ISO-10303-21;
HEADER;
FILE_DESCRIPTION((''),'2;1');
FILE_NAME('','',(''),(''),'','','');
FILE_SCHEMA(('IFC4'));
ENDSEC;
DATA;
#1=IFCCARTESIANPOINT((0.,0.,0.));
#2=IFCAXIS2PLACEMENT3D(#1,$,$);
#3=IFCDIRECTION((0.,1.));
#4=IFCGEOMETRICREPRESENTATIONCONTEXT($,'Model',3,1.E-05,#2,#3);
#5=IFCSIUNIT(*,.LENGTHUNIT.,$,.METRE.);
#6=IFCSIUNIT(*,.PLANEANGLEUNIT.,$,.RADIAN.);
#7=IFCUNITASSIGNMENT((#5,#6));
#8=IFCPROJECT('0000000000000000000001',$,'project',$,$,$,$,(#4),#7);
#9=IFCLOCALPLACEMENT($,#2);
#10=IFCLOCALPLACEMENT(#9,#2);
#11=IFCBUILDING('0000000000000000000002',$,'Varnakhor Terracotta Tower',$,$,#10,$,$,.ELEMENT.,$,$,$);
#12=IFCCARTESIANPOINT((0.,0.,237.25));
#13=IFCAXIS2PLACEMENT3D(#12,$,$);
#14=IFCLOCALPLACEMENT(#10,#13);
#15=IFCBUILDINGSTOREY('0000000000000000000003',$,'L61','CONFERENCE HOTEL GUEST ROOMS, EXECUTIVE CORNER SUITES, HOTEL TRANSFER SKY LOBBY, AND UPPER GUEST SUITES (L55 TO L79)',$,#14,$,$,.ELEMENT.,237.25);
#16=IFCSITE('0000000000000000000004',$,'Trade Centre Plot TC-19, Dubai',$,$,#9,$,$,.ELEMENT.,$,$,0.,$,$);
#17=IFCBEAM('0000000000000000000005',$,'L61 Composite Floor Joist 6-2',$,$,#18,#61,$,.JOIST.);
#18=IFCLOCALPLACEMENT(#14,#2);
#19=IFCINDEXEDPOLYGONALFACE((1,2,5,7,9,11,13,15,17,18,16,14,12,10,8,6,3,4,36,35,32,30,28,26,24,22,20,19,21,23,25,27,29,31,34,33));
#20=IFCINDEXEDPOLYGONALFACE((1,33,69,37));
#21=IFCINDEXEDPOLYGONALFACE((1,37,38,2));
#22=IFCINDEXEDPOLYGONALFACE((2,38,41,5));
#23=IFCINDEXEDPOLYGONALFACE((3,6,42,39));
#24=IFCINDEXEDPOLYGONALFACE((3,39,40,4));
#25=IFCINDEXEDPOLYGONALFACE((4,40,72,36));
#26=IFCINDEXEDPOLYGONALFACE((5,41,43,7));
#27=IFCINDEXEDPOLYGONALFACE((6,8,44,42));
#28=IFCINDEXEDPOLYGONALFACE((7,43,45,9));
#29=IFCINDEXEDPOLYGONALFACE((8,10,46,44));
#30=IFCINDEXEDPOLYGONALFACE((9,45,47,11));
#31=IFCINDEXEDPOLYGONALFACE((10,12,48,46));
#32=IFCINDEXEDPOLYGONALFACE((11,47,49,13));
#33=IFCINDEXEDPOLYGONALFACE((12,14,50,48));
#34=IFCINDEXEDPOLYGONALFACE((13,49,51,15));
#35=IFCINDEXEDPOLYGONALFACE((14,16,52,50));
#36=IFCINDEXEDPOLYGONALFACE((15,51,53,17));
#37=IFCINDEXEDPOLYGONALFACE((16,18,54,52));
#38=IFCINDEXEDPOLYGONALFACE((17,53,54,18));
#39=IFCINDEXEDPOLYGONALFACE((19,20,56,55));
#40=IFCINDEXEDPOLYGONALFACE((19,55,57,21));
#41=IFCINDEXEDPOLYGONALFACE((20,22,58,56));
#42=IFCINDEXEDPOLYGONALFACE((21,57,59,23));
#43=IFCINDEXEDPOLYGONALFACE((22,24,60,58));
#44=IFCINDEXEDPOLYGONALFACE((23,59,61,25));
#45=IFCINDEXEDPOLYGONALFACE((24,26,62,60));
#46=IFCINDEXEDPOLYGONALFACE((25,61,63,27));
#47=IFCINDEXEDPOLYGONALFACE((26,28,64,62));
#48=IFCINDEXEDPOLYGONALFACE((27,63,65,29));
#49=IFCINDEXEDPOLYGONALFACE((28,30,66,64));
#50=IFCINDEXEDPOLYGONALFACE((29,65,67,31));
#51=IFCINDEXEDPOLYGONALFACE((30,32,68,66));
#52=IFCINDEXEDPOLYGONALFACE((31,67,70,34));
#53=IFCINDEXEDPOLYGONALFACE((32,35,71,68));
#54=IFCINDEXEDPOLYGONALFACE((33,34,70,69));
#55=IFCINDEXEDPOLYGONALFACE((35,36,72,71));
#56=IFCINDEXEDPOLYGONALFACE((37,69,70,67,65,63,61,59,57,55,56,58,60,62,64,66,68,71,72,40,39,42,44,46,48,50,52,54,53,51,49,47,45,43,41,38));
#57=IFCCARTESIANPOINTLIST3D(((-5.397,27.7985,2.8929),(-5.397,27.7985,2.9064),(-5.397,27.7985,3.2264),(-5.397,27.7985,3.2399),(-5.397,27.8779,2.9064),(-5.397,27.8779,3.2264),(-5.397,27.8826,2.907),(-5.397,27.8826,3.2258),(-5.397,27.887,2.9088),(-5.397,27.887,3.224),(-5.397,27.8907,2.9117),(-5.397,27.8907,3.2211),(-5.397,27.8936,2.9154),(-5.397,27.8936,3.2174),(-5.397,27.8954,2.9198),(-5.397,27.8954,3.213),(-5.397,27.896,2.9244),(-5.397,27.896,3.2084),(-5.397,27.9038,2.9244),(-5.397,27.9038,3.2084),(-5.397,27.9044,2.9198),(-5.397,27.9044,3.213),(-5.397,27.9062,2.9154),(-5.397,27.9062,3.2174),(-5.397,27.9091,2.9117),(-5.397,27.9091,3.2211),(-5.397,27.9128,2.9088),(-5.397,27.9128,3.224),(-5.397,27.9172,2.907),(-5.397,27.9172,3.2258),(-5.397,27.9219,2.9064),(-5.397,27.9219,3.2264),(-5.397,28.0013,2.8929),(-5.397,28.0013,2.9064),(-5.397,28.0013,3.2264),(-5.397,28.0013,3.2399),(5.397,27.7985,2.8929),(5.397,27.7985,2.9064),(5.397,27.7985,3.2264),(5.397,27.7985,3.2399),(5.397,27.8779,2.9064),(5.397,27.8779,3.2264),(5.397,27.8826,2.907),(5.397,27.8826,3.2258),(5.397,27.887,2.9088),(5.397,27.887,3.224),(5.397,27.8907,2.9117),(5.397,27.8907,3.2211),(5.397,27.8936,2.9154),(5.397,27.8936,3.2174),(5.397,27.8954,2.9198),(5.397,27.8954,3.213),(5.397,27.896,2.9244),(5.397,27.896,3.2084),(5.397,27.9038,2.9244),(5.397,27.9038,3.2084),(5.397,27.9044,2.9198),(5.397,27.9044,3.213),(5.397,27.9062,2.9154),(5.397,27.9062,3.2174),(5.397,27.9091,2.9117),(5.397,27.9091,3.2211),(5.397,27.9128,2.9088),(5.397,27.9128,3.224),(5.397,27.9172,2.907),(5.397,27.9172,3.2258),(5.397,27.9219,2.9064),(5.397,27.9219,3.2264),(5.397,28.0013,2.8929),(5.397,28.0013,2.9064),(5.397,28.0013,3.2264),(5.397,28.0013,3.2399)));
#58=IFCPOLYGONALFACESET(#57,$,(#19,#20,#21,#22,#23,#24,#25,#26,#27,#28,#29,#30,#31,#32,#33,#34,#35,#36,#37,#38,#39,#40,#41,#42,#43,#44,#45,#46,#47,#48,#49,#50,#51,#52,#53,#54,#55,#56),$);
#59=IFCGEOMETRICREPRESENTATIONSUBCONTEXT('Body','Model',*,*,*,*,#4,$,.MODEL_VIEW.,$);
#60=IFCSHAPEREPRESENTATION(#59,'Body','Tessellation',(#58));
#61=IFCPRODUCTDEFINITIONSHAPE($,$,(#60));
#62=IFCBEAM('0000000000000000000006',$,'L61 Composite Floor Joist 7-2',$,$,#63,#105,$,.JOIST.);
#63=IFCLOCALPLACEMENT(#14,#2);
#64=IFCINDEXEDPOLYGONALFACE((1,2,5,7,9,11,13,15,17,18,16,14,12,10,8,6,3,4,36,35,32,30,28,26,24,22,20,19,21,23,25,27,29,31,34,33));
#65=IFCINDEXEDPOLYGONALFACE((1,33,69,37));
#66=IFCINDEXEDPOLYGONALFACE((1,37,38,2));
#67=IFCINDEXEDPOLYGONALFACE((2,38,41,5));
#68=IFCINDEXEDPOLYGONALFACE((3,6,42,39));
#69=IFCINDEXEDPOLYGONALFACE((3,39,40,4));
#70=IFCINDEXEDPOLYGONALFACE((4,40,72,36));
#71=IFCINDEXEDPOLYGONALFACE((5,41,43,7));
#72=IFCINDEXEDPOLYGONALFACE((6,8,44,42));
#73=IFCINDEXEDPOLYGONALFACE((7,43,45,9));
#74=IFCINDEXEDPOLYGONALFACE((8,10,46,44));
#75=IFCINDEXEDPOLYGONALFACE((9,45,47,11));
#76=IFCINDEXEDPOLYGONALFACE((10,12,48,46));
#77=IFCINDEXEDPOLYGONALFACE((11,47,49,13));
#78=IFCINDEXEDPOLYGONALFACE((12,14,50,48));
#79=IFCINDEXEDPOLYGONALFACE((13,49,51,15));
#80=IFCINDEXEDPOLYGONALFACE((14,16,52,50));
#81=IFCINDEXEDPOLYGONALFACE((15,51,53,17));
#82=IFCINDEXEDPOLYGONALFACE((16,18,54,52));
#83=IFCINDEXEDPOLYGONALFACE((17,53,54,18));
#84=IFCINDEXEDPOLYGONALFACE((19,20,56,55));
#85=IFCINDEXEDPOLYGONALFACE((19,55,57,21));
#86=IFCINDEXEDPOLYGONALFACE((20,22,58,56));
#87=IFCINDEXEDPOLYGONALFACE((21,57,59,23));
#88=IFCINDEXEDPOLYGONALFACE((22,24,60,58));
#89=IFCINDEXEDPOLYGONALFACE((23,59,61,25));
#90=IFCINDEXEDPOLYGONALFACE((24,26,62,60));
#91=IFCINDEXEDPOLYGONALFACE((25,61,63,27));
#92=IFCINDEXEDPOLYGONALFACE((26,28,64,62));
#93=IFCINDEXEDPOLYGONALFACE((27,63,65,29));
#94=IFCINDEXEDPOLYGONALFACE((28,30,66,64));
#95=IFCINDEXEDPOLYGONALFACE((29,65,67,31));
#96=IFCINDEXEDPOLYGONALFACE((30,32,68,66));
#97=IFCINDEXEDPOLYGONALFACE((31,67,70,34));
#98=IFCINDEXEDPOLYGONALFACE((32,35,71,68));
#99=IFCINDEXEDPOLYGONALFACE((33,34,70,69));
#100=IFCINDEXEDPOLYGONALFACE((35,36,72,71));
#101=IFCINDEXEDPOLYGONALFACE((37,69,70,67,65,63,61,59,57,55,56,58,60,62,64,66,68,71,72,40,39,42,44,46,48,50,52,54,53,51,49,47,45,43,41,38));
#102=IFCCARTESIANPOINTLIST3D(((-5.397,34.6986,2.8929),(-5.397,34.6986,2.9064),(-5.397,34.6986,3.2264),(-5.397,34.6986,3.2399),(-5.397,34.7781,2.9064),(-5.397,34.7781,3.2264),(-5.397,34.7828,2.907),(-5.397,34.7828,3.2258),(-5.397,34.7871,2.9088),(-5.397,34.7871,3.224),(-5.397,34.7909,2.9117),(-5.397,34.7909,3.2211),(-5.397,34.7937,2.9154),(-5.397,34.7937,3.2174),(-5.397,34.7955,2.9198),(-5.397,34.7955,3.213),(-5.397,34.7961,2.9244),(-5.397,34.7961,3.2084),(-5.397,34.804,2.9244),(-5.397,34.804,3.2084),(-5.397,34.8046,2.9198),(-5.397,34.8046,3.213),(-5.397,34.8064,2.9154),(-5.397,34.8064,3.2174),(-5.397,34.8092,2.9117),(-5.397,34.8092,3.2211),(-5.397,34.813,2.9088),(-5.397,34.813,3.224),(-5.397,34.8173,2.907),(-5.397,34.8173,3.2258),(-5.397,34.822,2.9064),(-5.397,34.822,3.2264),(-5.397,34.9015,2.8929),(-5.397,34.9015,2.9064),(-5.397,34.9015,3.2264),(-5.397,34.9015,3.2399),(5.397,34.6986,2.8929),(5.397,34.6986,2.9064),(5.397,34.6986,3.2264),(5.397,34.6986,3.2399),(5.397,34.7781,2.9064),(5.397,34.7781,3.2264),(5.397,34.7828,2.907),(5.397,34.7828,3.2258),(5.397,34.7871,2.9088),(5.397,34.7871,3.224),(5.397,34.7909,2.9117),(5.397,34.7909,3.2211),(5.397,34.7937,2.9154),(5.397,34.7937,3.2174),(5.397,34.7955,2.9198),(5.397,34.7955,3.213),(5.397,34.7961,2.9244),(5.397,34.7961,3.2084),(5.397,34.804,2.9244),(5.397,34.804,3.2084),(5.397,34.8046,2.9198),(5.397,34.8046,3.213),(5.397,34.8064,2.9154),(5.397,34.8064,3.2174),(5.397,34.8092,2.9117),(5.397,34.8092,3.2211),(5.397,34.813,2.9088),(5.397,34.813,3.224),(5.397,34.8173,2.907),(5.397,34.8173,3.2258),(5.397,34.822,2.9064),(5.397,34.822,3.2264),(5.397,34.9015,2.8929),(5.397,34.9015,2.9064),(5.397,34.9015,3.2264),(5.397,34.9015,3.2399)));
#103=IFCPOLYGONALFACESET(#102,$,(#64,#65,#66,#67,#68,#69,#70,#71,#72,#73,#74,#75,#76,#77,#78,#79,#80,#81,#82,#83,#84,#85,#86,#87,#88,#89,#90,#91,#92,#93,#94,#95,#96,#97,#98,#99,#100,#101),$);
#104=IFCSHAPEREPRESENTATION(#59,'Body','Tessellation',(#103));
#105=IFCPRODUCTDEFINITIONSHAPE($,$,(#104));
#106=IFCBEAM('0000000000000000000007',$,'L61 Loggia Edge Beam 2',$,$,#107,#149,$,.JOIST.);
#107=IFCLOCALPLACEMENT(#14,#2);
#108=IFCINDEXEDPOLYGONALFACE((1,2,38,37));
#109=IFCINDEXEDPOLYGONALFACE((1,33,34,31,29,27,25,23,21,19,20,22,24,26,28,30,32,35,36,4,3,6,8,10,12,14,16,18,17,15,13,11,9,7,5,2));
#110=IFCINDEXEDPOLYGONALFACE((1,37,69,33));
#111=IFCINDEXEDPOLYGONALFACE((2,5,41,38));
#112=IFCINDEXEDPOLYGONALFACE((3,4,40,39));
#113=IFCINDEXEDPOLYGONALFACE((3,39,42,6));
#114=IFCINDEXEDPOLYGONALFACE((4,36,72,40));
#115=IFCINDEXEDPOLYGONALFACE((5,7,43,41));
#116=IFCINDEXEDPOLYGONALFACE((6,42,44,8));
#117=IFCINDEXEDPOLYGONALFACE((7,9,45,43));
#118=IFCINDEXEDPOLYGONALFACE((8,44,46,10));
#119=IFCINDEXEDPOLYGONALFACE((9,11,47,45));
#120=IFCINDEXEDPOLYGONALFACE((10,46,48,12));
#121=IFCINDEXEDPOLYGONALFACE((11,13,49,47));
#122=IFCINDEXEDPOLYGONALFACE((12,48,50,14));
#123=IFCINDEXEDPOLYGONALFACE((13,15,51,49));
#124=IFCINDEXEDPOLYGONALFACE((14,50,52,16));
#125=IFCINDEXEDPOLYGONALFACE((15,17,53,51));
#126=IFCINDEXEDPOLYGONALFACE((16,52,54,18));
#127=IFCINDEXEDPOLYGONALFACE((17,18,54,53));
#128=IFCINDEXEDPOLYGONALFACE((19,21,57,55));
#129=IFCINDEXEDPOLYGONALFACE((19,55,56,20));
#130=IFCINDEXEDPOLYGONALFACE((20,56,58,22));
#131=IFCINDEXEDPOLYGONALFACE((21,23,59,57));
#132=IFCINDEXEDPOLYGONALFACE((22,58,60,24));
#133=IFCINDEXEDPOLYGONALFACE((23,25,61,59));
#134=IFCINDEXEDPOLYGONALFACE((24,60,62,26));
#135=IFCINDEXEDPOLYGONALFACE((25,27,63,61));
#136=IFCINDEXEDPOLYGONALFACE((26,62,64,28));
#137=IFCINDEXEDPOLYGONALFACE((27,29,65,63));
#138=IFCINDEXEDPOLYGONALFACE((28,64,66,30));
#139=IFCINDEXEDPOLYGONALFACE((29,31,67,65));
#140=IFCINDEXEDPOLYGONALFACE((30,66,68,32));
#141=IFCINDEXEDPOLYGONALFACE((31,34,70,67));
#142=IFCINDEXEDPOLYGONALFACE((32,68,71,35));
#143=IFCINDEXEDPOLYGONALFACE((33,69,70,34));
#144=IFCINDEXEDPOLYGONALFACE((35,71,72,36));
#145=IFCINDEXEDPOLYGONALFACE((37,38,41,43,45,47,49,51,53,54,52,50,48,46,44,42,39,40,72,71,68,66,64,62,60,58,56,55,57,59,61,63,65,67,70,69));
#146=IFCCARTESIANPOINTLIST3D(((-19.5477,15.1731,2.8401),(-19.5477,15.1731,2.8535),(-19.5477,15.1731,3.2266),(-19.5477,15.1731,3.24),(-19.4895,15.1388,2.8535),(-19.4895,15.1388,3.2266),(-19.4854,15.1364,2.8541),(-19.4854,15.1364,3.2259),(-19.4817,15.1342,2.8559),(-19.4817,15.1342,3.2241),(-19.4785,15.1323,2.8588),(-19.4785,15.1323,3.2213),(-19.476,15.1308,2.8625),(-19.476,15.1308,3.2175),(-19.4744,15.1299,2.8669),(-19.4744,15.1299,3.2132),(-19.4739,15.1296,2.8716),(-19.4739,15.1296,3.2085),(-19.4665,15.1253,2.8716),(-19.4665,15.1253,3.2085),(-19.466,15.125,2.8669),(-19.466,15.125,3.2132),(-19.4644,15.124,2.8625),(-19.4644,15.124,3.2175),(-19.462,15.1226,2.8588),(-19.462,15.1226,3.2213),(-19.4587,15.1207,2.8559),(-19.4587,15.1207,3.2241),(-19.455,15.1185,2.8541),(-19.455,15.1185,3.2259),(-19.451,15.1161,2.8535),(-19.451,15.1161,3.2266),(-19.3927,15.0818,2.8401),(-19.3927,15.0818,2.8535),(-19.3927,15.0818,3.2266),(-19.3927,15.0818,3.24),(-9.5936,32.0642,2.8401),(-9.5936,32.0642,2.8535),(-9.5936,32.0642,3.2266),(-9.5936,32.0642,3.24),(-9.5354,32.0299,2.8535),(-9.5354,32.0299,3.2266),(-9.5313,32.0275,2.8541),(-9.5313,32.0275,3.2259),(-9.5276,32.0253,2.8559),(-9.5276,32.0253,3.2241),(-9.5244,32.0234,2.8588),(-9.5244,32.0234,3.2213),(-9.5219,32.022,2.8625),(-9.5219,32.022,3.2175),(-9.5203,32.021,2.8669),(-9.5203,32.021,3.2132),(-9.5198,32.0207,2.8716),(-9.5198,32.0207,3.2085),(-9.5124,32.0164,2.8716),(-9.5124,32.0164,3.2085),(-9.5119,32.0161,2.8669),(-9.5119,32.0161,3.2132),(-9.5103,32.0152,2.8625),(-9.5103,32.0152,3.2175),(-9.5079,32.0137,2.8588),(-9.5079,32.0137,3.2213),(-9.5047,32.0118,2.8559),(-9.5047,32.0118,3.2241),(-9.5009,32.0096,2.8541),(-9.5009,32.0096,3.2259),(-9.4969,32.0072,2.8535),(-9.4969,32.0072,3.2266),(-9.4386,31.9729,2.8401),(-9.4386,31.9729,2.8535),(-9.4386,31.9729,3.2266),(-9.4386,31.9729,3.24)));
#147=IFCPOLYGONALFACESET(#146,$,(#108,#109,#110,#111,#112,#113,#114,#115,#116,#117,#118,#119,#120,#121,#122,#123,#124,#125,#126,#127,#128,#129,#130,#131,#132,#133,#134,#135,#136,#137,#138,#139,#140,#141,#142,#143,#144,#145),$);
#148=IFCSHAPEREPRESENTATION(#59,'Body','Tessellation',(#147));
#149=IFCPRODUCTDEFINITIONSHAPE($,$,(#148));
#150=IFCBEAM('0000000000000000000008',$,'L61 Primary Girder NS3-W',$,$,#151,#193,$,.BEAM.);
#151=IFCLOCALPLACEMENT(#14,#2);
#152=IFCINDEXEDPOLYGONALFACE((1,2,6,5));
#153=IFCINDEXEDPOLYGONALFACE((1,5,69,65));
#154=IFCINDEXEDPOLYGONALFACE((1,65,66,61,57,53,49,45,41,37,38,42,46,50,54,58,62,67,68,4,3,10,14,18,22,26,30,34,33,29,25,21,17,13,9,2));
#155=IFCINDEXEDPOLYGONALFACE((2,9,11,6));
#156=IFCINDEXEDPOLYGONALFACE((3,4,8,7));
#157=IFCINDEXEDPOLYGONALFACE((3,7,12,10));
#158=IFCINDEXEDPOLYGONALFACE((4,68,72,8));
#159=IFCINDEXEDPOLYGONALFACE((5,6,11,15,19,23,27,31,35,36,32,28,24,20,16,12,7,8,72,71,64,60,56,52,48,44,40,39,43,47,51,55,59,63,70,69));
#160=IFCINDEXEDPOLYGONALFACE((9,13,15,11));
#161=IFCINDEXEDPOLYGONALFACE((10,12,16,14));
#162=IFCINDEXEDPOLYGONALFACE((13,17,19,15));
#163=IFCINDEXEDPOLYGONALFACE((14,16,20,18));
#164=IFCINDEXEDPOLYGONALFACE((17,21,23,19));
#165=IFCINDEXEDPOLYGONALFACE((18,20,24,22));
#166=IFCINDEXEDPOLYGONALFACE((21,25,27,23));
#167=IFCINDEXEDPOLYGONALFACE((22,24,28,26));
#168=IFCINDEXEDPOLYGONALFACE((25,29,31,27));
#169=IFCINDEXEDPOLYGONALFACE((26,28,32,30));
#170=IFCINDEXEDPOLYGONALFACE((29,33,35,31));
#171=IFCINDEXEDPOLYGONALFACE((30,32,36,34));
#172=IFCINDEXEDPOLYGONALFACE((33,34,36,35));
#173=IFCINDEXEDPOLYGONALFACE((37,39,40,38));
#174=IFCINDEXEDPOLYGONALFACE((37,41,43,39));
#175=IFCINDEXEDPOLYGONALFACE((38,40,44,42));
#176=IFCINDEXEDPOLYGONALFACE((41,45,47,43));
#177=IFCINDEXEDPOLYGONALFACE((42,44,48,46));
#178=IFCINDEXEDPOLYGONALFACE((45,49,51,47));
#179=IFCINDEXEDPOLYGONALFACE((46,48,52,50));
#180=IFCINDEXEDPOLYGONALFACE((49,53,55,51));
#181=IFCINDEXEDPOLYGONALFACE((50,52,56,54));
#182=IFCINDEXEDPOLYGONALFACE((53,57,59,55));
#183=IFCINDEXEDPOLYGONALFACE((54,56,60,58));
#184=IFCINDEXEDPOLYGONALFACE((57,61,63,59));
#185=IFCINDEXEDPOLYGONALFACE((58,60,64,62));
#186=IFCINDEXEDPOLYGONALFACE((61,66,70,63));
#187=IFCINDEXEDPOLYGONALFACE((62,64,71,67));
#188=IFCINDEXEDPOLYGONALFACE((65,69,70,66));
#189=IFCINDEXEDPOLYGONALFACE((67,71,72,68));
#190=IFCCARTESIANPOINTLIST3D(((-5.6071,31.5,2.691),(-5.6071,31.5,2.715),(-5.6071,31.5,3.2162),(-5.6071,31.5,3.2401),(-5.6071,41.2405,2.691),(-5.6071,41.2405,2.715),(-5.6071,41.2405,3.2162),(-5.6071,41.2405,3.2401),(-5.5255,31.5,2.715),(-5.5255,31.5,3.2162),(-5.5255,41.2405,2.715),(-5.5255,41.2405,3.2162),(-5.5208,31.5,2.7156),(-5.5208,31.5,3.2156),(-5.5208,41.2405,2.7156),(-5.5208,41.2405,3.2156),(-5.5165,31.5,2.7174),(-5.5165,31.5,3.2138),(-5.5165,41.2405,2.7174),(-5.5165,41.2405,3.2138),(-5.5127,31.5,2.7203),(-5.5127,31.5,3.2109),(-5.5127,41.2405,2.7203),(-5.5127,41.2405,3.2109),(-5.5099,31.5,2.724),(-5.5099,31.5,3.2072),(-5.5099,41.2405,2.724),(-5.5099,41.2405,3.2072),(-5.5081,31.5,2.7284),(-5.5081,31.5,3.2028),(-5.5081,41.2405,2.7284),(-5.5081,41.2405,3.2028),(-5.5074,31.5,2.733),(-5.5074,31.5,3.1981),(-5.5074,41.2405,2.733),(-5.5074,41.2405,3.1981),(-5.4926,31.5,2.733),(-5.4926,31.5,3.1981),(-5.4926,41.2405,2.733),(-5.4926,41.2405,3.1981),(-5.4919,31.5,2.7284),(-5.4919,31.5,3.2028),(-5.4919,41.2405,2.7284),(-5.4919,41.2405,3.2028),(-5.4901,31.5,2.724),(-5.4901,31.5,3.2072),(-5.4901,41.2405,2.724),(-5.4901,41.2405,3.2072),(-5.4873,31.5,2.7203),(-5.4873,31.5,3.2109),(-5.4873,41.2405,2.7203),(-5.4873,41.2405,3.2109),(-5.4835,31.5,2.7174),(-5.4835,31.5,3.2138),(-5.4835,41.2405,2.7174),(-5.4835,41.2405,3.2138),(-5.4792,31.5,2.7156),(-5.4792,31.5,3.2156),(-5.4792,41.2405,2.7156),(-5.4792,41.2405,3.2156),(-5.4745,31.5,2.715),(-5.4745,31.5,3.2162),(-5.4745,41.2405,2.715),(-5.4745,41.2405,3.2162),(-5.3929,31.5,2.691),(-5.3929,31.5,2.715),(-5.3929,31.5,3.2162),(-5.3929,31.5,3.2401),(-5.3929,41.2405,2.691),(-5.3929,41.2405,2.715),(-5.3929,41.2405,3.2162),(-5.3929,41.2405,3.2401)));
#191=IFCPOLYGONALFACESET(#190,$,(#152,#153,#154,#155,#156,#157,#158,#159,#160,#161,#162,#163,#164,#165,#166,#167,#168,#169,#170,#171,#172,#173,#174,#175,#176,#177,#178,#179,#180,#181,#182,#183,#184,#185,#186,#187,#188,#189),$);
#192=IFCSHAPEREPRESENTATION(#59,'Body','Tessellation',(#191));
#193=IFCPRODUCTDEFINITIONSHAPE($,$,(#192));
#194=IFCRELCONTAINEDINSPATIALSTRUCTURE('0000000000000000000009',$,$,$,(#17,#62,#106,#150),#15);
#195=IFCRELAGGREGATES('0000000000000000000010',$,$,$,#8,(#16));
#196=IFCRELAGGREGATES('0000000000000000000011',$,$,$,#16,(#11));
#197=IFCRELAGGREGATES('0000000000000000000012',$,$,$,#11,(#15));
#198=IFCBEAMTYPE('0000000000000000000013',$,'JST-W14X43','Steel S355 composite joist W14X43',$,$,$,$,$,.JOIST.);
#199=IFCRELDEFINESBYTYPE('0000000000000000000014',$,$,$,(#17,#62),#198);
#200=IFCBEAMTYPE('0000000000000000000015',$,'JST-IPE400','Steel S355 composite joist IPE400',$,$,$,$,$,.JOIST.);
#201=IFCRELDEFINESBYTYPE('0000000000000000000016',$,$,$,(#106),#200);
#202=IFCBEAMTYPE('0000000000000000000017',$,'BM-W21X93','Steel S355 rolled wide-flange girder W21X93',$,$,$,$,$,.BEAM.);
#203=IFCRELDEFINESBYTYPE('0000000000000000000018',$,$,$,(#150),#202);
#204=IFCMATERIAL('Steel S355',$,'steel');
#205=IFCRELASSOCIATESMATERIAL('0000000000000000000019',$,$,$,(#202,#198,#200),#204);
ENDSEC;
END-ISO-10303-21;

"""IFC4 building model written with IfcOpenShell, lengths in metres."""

from ifc_helpers import new_model, si_unit, direction, frame, origin, origin_2d, place, context, subcontext, project, spatial, i_section, extrude, source, transform, mapped, material, material_profile, profile_set, type_object, element, save


model = new_model("IFC4")

# Units and contexts
model_context = context("Model", 3, precision=1e-05, world=origin(), true_north=direction((0.0, 1.0)))
body_context = subcontext(model_context, "Body", "Model", "MODEL_VIEW")
ifc_project = project(units=[si_unit("LENGTHUNIT", "METRE"), si_unit("PLANEANGLEUNIT", "RADIAN")], contexts=[model_context])

# Site, building, storey
site_placement = place(None, origin())
site = spatial("IfcSite", under=ifc_project, at=site_placement, Name="Trade Centre Plot TC-19, Dubai", CompositionType="ELEMENT", RefElevation=0.0)
building_placement = place(site_placement, origin())
building = spatial("IfcBuilding", under=site, at=building_placement, Name="Varnakhor Terracotta Tower", CompositionType="ELEMENT")
storey_placement = place(building_placement, frame((0.0, 0.0, 237.25)))
storey = spatial("IfcBuildingStorey", under=building, at=storey_placement, Name="L61", Description="CONFERENCE HOTEL GUEST ROOMS, EXECUTIVE CORNER SUITES, HOTEL TRANSFER SKY LOBBY, AND UPPER GUEST SUITES (L55 TO L79)", CompositionType="ELEMENT", Elevation=237.25)

# Beams
ifc_material_1 = material(Name="Steel S355", Category="steel")
ifc_material_profile_1 = material_profile(ifc_material_1, i_section(OverallWidth=0.2141, OverallDepth=0.5491, WebThickness=0.0149, FlangeThickness=0.0239, FilletRadius=0.0181, at=origin_2d()), Name="W21X93")
ifc_profile_set_1 = profile_set([ifc_material_profile_1], Name="Steel S355")
beam_type_1 = type_object("IfcBeamType", Name="BM-W21X93", Description="Steel S355 rolled wide-flange girder W21X93", PredefinedType="BEAM", material=ifc_profile_set_1)
ifc_material_profile_2 = material_profile(ifc_material_1, i_section(OverallWidth=0.2029, OverallDepth=0.3469, WebThickness=0.0078, FlangeThickness=0.0134, FilletRadius=0.0181, at=origin_2d()), Name="W14X43")
ifc_profile_set_2 = profile_set([ifc_material_profile_2], Name="Steel S355")
beam_type_2 = type_object("IfcBeamType", Name="JST-W14X43", Description="Steel S355 composite joist W14X43", PredefinedType="JOIST", material=ifc_profile_set_2)
shared_shape_1 = source(origin(), body_context, "Body", "SweptSolid", [
    extrude(i_section(OverallWidth=0.2029, OverallDepth=0.3469, WebThickness=0.0078, FlangeThickness=0.0134, FilletRadius=0.0181, at=origin_2d()), origin(), (0.0, 0.0, 1.0), 10.7939),
])
for number, where, z_axis, x_axis, name in (
    (1, (-5.397, 27.8999, 3.0664), (1.0, 0.0, 0.0), (0.0, 1.0, 0.0), "L61 Composite Floor Joist 6-2"),
    (2, (-5.397, 34.8, 3.0664), (1.0, 0.0, 0.0), (0.0, 1.0, 0.0), "L61 Composite Floor Joist 7-2"),
):
    element("IfcBeam", number, at=place(storey_placement, frame(where, z_axis=z_axis, x_axis=x_axis)), inside=storey, type_object=beam_type_2, Name=name, PredefinedType="JOIST", context=body_context, shape_type="MappedRepresentation", body=[
        mapped(shared_shape_1, transform((0.0, 0.0, 0.0), scale=1.0)),
    ])
ifc_material_profile_3 = material_profile(ifc_material_1, i_section(OverallWidth=0.1799, OverallDepth=0.3999, WebThickness=0.0085, FlangeThickness=0.0134, FilletRadius=0.0181, at=origin_2d()), Name="IPE400")
ifc_profile_set_3 = profile_set([ifc_material_profile_3], Name="Steel S355")
beam_type_3 = type_object("IfcBeamType", Name="JST-IPE400", Description="Steel S355 composite joist IPE400", PredefinedType="JOIST", material=ifc_profile_set_3)
shared_shape_2 = source(origin(), body_context, "Body", "SweptSolid", [
    extrude(i_section(OverallWidth=0.1799, OverallDepth=0.3999, WebThickness=0.0085, FlangeThickness=0.0134, FilletRadius=0.0181, at=origin_2d()), origin(), (0.0, 0.0, 1.0), 19.606),
])
beam_1_placement = place(storey_placement, frame((-9.5161, 32.0186, 3.04), z_axis=(-0.507708, -0.861529, 0.0), x_axis=(0.861529, -0.507708, 0.0)))
element("IfcBeam", 3, at=beam_1_placement, inside=storey, type_object=beam_type_3, Name="L61 Loggia Edge Beam 2", PredefinedType="JOIST", context=body_context, shape_type="MappedRepresentation", body=[
    mapped(shared_shape_2, transform((0.0, 0.0, 0.0), scale=1.0)),
])
shared_shape_3 = source(origin(), body_context, "Body", "SweptSolid", [
    extrude(i_section(OverallWidth=0.2141, OverallDepth=0.5491, WebThickness=0.0149, FlangeThickness=0.0239, FilletRadius=0.0181, at=origin_2d()), origin(), (0.0, 0.0, 1.0), 9.7405),
])
beam_2_placement = place(storey_placement, frame((-5.5, 31.5, 2.9656), z_axis=(0.0, 1.0, 0.0), x_axis=(-1.0, 0.0, 0.0)))
element("IfcBeam", 4, at=beam_2_placement, inside=storey, type_object=beam_type_1, Name="L61 Primary Girder NS3-W", PredefinedType="BEAM", context=body_context, shape_type="MappedRepresentation", body=[
    mapped(shared_shape_3, transform((0.0, 0.0, 0.0), scale=1.0)),
])

save(model, "model.ifc")
